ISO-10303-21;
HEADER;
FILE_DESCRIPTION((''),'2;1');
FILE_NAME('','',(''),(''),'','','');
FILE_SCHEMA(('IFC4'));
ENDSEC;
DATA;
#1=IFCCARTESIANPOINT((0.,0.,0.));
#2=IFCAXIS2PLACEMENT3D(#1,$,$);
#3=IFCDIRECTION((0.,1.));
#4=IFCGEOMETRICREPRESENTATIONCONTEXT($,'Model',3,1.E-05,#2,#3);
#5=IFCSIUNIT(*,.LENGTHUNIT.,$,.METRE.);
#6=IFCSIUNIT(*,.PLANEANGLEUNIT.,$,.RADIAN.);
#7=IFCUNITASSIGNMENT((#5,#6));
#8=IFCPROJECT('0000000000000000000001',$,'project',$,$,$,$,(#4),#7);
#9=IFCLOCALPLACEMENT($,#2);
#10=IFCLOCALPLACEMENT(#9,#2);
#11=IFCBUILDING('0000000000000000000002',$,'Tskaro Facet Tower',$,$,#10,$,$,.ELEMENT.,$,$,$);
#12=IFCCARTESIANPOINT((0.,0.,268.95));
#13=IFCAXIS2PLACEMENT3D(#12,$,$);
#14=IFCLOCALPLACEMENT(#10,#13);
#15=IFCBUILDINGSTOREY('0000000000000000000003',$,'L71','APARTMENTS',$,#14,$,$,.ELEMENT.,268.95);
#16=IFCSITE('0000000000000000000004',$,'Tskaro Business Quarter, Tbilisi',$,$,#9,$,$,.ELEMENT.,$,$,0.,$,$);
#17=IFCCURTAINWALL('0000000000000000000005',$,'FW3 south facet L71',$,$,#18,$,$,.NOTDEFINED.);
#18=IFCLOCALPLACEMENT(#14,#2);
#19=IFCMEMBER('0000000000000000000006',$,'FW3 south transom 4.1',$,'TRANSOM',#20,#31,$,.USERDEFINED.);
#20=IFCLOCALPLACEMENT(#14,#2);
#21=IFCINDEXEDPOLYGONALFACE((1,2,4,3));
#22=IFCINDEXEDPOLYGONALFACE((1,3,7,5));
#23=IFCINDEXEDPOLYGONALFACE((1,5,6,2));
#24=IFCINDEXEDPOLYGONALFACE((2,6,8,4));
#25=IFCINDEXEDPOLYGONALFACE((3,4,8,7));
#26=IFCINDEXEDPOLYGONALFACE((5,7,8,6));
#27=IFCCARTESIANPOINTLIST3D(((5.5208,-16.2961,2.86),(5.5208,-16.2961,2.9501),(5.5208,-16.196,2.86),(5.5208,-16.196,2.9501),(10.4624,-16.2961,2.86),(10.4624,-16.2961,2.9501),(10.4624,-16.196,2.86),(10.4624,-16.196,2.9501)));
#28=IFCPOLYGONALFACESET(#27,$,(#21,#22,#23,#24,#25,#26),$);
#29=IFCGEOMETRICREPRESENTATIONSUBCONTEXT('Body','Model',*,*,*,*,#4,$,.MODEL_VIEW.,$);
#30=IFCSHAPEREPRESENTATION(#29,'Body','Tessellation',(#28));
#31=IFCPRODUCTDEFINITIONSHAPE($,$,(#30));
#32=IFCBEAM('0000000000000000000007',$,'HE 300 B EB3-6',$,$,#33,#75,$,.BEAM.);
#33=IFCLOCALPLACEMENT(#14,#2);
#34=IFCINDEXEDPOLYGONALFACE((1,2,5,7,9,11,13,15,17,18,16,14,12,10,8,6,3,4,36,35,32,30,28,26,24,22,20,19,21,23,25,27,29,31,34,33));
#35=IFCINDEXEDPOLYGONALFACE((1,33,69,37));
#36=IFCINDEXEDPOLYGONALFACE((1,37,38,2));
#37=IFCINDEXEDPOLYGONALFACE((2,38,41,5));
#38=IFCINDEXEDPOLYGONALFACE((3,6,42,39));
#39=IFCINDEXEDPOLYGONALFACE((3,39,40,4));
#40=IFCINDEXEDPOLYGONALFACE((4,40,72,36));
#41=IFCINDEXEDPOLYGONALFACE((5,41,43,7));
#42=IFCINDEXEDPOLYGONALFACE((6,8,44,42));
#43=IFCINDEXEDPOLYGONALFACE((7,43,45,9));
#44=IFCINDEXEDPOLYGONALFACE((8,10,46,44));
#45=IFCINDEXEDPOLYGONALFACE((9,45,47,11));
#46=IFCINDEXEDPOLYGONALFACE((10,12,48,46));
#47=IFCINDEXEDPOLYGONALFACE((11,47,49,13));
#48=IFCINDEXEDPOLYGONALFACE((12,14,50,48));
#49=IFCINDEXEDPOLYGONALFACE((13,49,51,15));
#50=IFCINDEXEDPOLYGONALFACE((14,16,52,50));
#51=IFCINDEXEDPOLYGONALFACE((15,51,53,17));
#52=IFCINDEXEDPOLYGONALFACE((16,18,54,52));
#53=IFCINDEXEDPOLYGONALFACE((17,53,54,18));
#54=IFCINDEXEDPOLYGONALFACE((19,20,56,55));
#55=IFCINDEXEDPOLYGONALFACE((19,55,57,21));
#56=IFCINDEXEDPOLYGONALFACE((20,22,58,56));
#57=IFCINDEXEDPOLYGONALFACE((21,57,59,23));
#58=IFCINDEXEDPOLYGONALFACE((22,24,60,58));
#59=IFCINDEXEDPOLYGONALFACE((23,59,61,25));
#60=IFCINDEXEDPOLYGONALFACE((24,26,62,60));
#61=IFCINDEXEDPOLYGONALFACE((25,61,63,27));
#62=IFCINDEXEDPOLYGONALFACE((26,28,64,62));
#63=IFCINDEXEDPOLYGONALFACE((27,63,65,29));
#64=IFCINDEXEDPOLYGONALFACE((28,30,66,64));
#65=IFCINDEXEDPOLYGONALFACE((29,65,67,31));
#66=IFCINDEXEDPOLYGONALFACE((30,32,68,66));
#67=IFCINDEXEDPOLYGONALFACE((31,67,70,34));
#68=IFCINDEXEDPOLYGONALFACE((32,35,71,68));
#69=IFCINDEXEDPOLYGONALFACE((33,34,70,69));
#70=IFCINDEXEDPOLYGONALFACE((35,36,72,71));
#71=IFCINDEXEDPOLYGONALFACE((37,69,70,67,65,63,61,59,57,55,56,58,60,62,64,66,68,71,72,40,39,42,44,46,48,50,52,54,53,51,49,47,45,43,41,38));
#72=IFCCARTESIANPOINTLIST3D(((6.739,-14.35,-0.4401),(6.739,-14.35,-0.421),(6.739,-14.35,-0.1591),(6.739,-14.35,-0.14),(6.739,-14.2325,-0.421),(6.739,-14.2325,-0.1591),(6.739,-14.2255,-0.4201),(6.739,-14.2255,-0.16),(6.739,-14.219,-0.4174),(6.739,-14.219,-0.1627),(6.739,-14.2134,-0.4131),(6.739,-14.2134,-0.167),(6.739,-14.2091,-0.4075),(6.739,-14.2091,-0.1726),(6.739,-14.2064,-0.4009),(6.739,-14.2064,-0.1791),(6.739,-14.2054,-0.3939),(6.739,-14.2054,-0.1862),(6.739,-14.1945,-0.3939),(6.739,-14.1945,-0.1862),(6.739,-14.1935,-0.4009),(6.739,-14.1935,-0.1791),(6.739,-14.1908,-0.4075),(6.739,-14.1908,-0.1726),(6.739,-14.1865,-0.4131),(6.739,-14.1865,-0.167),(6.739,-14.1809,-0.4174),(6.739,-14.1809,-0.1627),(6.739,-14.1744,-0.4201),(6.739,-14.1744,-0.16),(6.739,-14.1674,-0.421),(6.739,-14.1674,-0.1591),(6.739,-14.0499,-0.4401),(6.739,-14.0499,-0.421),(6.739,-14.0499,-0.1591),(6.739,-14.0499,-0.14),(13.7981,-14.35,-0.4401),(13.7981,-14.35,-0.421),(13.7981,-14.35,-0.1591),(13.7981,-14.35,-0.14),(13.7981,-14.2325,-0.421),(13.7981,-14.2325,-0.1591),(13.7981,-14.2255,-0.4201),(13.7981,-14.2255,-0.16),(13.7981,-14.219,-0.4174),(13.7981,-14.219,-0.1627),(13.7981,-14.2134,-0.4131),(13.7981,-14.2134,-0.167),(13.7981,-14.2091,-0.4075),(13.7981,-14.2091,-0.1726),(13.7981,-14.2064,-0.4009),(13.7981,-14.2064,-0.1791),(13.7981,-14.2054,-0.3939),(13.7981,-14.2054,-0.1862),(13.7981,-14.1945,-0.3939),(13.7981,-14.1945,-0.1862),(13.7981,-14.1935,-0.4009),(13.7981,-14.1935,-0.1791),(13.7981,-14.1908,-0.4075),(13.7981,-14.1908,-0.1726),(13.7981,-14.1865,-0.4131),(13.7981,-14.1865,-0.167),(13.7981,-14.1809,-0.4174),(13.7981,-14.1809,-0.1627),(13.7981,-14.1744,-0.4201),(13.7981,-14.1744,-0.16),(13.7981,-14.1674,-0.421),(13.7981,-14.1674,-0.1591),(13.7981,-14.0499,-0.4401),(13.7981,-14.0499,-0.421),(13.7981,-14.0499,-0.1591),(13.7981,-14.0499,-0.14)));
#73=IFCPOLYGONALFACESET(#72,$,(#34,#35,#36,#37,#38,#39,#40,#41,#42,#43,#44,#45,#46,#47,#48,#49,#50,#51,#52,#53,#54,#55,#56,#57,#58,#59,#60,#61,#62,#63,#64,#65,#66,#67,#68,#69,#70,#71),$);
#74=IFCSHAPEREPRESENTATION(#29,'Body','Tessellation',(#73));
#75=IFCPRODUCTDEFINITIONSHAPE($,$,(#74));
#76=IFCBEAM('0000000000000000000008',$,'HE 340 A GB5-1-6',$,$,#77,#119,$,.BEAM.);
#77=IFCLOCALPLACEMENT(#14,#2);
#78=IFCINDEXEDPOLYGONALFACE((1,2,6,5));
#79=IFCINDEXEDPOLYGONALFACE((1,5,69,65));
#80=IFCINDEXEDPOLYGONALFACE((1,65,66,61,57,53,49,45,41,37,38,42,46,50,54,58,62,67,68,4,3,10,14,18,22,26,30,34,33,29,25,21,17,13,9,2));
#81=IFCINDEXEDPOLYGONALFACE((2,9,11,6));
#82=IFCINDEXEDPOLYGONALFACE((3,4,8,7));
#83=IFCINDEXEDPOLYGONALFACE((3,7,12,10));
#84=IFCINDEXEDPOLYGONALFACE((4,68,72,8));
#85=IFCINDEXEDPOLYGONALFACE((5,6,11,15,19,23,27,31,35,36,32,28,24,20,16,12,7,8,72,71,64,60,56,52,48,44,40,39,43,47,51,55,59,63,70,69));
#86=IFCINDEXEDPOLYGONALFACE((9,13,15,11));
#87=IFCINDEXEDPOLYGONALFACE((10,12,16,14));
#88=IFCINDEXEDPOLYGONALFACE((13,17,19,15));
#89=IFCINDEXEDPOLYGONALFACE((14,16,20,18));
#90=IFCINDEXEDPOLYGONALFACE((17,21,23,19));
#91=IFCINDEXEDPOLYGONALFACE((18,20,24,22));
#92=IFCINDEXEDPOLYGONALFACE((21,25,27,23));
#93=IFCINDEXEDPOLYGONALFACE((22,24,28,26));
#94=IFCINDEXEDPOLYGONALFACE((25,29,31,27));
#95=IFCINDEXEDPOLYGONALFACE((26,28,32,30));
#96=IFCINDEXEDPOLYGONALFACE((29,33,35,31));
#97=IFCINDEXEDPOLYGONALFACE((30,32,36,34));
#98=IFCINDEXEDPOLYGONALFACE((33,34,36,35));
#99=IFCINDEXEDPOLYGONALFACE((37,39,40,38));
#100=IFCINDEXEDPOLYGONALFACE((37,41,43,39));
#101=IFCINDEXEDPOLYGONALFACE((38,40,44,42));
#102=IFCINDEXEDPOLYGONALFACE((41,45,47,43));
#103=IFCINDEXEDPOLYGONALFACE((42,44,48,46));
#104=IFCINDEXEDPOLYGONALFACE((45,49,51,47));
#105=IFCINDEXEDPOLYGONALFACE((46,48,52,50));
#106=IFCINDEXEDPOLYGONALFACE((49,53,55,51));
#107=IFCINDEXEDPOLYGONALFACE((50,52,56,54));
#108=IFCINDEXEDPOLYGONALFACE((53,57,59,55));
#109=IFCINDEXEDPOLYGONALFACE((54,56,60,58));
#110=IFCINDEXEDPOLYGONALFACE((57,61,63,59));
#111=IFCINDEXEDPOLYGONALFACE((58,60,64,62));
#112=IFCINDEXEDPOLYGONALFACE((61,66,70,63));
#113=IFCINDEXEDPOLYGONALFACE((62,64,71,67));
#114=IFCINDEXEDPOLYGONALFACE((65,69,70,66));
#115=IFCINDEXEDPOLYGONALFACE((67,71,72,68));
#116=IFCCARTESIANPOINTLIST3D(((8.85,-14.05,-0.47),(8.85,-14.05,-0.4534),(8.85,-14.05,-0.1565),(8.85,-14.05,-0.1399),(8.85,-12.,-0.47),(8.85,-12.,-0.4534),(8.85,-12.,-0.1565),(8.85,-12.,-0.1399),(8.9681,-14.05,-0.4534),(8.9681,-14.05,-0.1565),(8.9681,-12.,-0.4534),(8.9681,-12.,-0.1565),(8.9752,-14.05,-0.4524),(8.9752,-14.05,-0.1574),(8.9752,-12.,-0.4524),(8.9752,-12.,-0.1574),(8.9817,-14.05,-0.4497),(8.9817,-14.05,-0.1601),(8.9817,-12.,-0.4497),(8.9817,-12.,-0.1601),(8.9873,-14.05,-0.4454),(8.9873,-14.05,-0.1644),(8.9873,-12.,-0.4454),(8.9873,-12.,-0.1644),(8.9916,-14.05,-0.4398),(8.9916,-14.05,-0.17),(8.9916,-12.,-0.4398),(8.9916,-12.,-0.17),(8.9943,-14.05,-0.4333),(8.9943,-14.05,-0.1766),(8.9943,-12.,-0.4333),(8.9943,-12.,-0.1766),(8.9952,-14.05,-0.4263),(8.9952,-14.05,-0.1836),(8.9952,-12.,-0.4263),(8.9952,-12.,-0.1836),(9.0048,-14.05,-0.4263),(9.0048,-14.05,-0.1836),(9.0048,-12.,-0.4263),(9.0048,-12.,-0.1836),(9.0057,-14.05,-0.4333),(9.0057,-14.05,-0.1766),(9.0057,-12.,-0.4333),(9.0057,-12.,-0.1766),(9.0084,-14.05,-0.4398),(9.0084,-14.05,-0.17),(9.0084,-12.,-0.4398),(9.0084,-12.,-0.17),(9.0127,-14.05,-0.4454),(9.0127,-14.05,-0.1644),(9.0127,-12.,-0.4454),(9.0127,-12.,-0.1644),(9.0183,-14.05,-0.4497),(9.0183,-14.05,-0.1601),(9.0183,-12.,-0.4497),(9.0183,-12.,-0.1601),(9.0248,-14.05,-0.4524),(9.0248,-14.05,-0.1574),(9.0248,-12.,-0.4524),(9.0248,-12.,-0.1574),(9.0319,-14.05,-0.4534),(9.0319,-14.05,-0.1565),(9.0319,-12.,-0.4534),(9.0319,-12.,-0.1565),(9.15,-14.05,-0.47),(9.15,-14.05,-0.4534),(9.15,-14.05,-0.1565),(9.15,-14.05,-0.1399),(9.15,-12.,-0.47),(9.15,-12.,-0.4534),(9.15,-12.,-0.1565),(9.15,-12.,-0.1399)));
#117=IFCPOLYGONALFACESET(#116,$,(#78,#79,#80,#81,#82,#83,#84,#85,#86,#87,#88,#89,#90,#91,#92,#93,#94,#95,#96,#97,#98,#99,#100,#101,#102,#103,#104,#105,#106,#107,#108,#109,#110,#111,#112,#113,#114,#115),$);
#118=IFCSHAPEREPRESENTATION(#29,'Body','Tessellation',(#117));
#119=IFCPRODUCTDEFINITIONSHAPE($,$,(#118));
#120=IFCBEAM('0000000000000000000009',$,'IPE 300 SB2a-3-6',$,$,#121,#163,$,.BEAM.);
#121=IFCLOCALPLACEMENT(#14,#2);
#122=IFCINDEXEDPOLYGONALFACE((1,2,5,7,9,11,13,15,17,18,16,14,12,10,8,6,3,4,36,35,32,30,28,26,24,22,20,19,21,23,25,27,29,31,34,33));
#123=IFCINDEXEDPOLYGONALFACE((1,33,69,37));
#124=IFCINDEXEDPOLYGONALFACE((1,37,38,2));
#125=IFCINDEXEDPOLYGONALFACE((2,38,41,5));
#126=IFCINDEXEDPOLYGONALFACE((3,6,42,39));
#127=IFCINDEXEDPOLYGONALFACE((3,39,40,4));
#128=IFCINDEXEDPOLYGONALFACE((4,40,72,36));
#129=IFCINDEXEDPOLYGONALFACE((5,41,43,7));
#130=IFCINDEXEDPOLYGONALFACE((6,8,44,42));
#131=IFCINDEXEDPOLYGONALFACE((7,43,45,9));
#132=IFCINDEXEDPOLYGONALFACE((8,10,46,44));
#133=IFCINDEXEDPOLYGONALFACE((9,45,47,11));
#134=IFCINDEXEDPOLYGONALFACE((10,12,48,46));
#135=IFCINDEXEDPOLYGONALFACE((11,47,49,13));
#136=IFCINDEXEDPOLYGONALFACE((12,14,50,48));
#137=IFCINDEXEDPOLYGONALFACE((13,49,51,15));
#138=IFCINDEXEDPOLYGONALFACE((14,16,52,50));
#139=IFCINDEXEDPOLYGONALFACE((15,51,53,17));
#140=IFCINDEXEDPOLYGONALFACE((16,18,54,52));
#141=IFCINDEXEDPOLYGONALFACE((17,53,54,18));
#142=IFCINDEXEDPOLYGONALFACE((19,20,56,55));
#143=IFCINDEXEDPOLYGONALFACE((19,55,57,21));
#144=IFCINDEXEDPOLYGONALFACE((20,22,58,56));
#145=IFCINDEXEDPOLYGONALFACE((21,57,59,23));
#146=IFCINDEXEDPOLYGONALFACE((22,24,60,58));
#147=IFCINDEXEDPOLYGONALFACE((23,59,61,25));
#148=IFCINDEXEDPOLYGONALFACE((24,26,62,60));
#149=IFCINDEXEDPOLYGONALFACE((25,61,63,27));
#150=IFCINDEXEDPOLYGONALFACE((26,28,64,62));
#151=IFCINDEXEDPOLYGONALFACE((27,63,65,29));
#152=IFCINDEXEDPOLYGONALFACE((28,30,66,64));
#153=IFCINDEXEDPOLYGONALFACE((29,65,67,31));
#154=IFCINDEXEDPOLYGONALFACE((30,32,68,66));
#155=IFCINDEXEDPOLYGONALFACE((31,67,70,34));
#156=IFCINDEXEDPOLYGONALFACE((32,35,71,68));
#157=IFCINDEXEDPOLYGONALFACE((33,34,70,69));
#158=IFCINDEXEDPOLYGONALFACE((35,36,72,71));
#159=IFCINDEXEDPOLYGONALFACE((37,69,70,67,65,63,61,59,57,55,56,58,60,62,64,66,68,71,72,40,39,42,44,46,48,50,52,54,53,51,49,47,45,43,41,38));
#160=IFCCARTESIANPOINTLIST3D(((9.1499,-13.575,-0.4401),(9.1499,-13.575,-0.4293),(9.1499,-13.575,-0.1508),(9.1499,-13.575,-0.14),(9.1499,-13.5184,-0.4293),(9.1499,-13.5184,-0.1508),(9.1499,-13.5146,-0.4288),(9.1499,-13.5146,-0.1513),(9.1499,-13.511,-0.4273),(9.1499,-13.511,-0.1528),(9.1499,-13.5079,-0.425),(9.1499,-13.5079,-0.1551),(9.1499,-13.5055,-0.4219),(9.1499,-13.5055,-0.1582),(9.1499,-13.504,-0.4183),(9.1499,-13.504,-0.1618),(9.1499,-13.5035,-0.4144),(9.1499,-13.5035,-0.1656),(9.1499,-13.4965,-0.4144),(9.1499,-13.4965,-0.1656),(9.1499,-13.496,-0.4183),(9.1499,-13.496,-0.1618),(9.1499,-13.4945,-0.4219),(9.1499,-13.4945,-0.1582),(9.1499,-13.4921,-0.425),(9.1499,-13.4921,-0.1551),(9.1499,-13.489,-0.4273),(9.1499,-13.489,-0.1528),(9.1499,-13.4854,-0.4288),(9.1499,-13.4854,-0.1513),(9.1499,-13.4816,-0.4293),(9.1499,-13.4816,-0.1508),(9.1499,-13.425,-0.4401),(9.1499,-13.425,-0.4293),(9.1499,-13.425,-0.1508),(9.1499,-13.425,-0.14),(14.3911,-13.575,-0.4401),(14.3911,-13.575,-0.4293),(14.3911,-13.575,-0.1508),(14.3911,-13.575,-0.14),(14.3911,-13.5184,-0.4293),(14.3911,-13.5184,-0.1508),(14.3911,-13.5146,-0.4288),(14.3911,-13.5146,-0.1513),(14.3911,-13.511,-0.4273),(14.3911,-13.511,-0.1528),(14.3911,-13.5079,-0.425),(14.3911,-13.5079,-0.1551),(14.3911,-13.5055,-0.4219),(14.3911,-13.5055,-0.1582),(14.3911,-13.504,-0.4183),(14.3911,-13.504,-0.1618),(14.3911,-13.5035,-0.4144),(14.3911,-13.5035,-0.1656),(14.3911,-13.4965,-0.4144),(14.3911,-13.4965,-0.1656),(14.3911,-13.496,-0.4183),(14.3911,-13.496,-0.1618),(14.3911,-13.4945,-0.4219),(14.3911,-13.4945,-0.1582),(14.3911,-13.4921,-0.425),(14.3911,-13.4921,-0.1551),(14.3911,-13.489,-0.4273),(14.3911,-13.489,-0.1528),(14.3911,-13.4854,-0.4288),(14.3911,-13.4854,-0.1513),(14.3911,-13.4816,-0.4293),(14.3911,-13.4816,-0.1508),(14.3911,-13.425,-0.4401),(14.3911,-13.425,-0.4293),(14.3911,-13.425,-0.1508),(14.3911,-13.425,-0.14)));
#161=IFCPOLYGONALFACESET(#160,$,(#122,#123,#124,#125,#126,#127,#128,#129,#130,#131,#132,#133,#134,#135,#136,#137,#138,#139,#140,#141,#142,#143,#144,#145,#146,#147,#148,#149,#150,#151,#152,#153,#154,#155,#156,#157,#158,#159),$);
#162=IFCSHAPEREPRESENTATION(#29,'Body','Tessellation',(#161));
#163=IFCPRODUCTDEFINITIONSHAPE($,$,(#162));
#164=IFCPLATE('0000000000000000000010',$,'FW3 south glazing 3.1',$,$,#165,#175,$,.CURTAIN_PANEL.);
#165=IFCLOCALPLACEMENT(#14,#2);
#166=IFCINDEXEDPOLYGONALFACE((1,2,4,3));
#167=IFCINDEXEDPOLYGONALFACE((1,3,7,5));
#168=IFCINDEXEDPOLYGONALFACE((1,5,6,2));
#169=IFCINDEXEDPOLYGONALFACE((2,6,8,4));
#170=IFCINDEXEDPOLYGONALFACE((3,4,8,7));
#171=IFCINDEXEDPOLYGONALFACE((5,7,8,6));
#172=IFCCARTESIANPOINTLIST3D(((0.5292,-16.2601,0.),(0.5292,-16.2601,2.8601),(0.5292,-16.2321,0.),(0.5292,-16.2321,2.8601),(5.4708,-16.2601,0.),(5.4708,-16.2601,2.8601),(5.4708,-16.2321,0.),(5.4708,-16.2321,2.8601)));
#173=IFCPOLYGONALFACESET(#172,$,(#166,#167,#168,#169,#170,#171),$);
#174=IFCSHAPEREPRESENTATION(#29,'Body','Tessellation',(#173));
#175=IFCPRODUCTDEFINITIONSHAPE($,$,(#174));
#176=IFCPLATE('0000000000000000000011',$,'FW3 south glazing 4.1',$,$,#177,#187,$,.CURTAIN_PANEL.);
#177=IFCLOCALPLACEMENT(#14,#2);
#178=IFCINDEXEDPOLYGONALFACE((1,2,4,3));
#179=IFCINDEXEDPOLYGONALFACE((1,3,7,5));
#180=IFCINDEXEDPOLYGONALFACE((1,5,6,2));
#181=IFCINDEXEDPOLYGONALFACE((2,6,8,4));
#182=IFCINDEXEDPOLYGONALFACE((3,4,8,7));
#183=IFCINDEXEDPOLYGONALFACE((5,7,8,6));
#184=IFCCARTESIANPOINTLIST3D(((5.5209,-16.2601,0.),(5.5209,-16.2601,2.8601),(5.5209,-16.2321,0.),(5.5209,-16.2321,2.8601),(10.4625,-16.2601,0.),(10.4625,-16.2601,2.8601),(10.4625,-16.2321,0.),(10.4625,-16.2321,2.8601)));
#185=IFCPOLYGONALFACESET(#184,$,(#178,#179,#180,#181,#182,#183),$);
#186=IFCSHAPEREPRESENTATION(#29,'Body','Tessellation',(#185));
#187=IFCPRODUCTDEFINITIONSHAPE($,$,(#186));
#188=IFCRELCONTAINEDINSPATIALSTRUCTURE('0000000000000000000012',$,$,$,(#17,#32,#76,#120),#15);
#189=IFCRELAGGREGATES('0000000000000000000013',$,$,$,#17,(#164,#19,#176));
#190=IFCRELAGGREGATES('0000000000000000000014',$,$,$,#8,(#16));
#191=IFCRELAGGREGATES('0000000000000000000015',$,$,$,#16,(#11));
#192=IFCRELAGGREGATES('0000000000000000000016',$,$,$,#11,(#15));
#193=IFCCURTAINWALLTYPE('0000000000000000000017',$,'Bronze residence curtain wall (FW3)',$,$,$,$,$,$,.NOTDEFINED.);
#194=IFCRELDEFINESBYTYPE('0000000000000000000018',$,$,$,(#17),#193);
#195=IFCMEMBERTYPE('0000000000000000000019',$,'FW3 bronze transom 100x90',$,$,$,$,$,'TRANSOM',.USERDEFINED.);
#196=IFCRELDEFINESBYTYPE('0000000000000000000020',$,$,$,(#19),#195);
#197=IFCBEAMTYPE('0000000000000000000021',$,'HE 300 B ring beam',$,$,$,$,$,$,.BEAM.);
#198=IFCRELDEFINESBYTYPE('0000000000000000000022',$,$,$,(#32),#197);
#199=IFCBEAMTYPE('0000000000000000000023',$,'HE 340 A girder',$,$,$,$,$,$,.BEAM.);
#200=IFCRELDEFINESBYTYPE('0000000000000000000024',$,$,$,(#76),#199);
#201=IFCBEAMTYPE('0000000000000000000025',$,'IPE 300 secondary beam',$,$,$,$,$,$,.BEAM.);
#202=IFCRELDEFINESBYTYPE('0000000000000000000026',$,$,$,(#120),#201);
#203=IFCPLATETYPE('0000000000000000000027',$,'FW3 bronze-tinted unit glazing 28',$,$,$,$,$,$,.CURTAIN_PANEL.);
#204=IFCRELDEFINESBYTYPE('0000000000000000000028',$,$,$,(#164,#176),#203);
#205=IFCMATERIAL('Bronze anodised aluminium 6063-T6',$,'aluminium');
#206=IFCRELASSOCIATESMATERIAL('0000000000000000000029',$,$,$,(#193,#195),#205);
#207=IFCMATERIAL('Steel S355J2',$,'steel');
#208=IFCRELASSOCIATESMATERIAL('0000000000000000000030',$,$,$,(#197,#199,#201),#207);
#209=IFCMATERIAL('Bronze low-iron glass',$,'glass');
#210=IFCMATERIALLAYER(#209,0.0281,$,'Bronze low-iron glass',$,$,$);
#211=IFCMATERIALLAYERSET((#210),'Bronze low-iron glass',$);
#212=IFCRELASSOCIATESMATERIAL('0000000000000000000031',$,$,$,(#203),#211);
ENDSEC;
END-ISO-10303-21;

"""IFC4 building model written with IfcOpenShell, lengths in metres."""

from ifc_helpers import new_model, si_unit, direction, frame, origin, origin_2d, place, context, subcontext, project, spatial, rectangle, i_section, extrude, material, layer, layer_set, material_profile, profile_set, type_object, element, aggregate, save


model = new_model("IFC4")

# Units and contexts
model_context = context("Model", 3, precision=1e-05, world=origin(), true_north=direction((0.0, 1.0)))
body_context = subcontext(model_context, "Body", "Model", "MODEL_VIEW")
ifc_project = project(units=[si_unit("LENGTHUNIT", "METRE"), si_unit("PLANEANGLEUNIT", "RADIAN")], contexts=[model_context])

# Site, building, storey
site_placement = place(None, origin())
site = spatial("IfcSite", under=ifc_project, at=site_placement, Name="Tskaro Business Quarter, Tbilisi", CompositionType="ELEMENT", RefElevation=0.0)
building_placement = place(site_placement, origin())
building = spatial("IfcBuilding", under=site, at=building_placement, Name="Tskaro Facet Tower", CompositionType="ELEMENT")
storey_placement = place(building_placement, frame((0.0, 0.0, 268.95)))
storey = spatial("IfcBuildingStorey", under=building, at=storey_placement, Name="L71", Description="APARTMENTS", CompositionType="ELEMENT", Elevation=268.95)

# Shared definitions
ifc_material_1 = material(Name="Steel S355J2", Category="steel")

# Curtain wall, member
ifc_material_2 = material(Name="Bronze anodised aluminium 6063-T6", Category="aluminium")
curtain_wall_type = type_object("IfcCurtainWallType", Name="Bronze residence curtain wall (FW3)", PredefinedType="NOTDEFINED", material=ifc_material_2)
curtain_wall_placement = place(storey_placement, origin())
curtain_wall = element("IfcCurtainWall", 1, at=curtain_wall_placement, inside=storey, type_object=curtain_wall_type, Name="FW3 south facet L71", PredefinedType="NOTDEFINED")
ifc_material_profile_1 = material_profile(ifc_material_2, rectangle(XDim=0.1001, YDim=0.0901, at=origin_2d()), Name="Transom 100x90")
ifc_profile_set_1 = profile_set([ifc_material_profile_1], Name="Bronze anodised aluminium 6063-T6")
member_type_1 = type_object("IfcMemberType", Name="FW3 bronze transom 100x90", ElementType="TRANSOM", PredefinedType="USERDEFINED", material=ifc_profile_set_1)
member_1_placement = place(storey_placement, frame((5.5208, -16.2461, 2.905), z_axis=(1.0, 0.0, 0.0), x_axis=(0.0, 1.0, 0.0)))
member_1 = element("IfcMember", 2, at=member_1_placement, type_object=member_type_1, Name="FW3 south transom 4.1", ObjectType="TRANSOM", PredefinedType="USERDEFINED", context=body_context, shape_type="SweptSolid", body=[
    extrude(rectangle(XDim=0.1001, YDim=0.0901, at=origin_2d()), origin(), (0.0, 0.0, 1.0), 4.9417),
])

# Beams
ifc_material_profile_2 = material_profile(ifc_material_1, i_section(OverallWidth=0.3, OverallDepth=0.3, WebThickness=0.011, FlangeThickness=0.019, FilletRadius=0.0271, at=origin_2d()), Name="HE 300 B")
ifc_profile_set_2 = profile_set([ifc_material_profile_2], Name="Steel S355J2")
beam_type_1 = type_object("IfcBeamType", Name="HE 300 B ring beam", PredefinedType="BEAM", material=ifc_profile_set_2)
beam_1_placement = place(storey_placement, frame((6.739, -14.2, -0.29), z_axis=(1.0, 0.0, 0.0), x_axis=(0.0, 1.0, 0.0)))
element("IfcBeam", 3, at=beam_1_placement, inside=storey, type_object=beam_type_1, Name="HE 300 B EB3-6", PredefinedType="BEAM", context=body_context, shape_type="SweptSolid", body=[
    extrude(i_section(OverallWidth=0.3, OverallDepth=0.3, WebThickness=0.011, FlangeThickness=0.019, FilletRadius=0.0271, at=origin_2d()), origin(), (0.0, 0.0, 1.0), 7.0591),
])
ifc_material_profile_3 = material_profile(ifc_material_1, i_section(OverallWidth=0.3, OverallDepth=0.3301, WebThickness=0.0095, FlangeThickness=0.0166, FilletRadius=0.0271, at=origin_2d()), Name="HE 340 A")
ifc_profile_set_3 = profile_set([ifc_material_profile_3], Name="Steel S355J2")
beam_type_2 = type_object("IfcBeamType", Name="HE 340 A girder", PredefinedType="BEAM", material=ifc_profile_set_3)
beam_2_placement = place(storey_placement, frame((9.0, -14.05, -0.3049), z_axis=(0.0, 1.0, 0.0), x_axis=(-1.0, 0.0, 0.0)))
element("IfcBeam", 4, at=beam_2_placement, inside=storey, type_object=beam_type_2, Name="HE 340 A GB5-1-6", PredefinedType="BEAM", context=body_context, shape_type="SweptSolid", body=[
    extrude(i_section(OverallWidth=0.3, OverallDepth=0.3301, WebThickness=0.0095, FlangeThickness=0.0166, FilletRadius=0.0271, at=origin_2d()), origin(), (0.0, 0.0, 1.0), 2.05),
])
ifc_material_profile_4 = material_profile(ifc_material_1, i_section(OverallWidth=0.1499, OverallDepth=0.3, WebThickness=0.0071, FlangeThickness=0.0107, FilletRadius=0.0149, at=origin_2d()), Name="IPE 300")
ifc_profile_set_4 = profile_set([ifc_material_profile_4], Name="Steel S355J2")
beam_type_3 = type_object("IfcBeamType", Name="IPE 300 secondary beam", PredefinedType="BEAM", material=ifc_profile_set_4)
beam_3_placement = place(storey_placement, frame((9.1499, -13.5, -0.29), z_axis=(1.0, 0.0, 0.0), x_axis=(0.0, 1.0, 0.0)))
element("IfcBeam", 5, at=beam_3_placement, inside=storey, type_object=beam_type_3, Name="IPE 300 SB2a-3-6", PredefinedType="BEAM", context=body_context, shape_type="SweptSolid", body=[
    extrude(i_section(OverallWidth=0.1499, OverallDepth=0.3, WebThickness=0.0071, FlangeThickness=0.0107, FilletRadius=0.0149, at=origin_2d()), origin(), (0.0, 0.0, 1.0), 5.2412),
])

# Plates
ifc_material_3 = material(Name="Bronze low-iron glass", Category="glass")
ifc_layer_1 = layer(ifc_material_3, 0.0281, Name="Bronze low-iron glass")
ifc_layer_set_1 = layer_set([ifc_layer_1], Name="Bronze low-iron glass")
plate_type = type_object("IfcPlateType", Name="FW3 bronze-tinted unit glazing 28", PredefinedType="CURTAIN_PANEL", material=ifc_layer_set_1)
plate_1_placement = place(storey_placement, frame((3.0, -16.2461, 0.0), z_axis=(0.0, 0.0, 1.0), x_axis=(1.0, 0.0, 0.0)))
plate_1 = element("IfcPlate", 6, at=plate_1_placement, type_object=plate_type, Name="FW3 south glazing 3.1", PredefinedType="CURTAIN_PANEL", context=body_context, shape_type="SweptSolid", body=[
    extrude(rectangle(XDim=4.9417, YDim=0.0281, at=origin_2d()), origin(), (0.0, 0.0, 1.0), 2.8601),
])
plate_2_placement = place(storey_placement, frame((7.9917, -16.2461, 0.0), z_axis=(0.0, 0.0, 1.0), x_axis=(1.0, 0.0, 0.0)))
plate_2 = element("IfcPlate", 7, at=plate_2_placement, type_object=plate_type, Name="FW3 south glazing 4.1", PredefinedType="CURTAIN_PANEL", context=body_context, shape_type="SweptSolid", body=[
    extrude(rectangle(XDim=4.9417, YDim=0.0281, at=origin_2d()), origin(), (0.0, 0.0, 1.0), 2.8601),
])
aggregate(curtain_wall, [plate_1, member_1, plate_2])

save(model, "model.ifc")
